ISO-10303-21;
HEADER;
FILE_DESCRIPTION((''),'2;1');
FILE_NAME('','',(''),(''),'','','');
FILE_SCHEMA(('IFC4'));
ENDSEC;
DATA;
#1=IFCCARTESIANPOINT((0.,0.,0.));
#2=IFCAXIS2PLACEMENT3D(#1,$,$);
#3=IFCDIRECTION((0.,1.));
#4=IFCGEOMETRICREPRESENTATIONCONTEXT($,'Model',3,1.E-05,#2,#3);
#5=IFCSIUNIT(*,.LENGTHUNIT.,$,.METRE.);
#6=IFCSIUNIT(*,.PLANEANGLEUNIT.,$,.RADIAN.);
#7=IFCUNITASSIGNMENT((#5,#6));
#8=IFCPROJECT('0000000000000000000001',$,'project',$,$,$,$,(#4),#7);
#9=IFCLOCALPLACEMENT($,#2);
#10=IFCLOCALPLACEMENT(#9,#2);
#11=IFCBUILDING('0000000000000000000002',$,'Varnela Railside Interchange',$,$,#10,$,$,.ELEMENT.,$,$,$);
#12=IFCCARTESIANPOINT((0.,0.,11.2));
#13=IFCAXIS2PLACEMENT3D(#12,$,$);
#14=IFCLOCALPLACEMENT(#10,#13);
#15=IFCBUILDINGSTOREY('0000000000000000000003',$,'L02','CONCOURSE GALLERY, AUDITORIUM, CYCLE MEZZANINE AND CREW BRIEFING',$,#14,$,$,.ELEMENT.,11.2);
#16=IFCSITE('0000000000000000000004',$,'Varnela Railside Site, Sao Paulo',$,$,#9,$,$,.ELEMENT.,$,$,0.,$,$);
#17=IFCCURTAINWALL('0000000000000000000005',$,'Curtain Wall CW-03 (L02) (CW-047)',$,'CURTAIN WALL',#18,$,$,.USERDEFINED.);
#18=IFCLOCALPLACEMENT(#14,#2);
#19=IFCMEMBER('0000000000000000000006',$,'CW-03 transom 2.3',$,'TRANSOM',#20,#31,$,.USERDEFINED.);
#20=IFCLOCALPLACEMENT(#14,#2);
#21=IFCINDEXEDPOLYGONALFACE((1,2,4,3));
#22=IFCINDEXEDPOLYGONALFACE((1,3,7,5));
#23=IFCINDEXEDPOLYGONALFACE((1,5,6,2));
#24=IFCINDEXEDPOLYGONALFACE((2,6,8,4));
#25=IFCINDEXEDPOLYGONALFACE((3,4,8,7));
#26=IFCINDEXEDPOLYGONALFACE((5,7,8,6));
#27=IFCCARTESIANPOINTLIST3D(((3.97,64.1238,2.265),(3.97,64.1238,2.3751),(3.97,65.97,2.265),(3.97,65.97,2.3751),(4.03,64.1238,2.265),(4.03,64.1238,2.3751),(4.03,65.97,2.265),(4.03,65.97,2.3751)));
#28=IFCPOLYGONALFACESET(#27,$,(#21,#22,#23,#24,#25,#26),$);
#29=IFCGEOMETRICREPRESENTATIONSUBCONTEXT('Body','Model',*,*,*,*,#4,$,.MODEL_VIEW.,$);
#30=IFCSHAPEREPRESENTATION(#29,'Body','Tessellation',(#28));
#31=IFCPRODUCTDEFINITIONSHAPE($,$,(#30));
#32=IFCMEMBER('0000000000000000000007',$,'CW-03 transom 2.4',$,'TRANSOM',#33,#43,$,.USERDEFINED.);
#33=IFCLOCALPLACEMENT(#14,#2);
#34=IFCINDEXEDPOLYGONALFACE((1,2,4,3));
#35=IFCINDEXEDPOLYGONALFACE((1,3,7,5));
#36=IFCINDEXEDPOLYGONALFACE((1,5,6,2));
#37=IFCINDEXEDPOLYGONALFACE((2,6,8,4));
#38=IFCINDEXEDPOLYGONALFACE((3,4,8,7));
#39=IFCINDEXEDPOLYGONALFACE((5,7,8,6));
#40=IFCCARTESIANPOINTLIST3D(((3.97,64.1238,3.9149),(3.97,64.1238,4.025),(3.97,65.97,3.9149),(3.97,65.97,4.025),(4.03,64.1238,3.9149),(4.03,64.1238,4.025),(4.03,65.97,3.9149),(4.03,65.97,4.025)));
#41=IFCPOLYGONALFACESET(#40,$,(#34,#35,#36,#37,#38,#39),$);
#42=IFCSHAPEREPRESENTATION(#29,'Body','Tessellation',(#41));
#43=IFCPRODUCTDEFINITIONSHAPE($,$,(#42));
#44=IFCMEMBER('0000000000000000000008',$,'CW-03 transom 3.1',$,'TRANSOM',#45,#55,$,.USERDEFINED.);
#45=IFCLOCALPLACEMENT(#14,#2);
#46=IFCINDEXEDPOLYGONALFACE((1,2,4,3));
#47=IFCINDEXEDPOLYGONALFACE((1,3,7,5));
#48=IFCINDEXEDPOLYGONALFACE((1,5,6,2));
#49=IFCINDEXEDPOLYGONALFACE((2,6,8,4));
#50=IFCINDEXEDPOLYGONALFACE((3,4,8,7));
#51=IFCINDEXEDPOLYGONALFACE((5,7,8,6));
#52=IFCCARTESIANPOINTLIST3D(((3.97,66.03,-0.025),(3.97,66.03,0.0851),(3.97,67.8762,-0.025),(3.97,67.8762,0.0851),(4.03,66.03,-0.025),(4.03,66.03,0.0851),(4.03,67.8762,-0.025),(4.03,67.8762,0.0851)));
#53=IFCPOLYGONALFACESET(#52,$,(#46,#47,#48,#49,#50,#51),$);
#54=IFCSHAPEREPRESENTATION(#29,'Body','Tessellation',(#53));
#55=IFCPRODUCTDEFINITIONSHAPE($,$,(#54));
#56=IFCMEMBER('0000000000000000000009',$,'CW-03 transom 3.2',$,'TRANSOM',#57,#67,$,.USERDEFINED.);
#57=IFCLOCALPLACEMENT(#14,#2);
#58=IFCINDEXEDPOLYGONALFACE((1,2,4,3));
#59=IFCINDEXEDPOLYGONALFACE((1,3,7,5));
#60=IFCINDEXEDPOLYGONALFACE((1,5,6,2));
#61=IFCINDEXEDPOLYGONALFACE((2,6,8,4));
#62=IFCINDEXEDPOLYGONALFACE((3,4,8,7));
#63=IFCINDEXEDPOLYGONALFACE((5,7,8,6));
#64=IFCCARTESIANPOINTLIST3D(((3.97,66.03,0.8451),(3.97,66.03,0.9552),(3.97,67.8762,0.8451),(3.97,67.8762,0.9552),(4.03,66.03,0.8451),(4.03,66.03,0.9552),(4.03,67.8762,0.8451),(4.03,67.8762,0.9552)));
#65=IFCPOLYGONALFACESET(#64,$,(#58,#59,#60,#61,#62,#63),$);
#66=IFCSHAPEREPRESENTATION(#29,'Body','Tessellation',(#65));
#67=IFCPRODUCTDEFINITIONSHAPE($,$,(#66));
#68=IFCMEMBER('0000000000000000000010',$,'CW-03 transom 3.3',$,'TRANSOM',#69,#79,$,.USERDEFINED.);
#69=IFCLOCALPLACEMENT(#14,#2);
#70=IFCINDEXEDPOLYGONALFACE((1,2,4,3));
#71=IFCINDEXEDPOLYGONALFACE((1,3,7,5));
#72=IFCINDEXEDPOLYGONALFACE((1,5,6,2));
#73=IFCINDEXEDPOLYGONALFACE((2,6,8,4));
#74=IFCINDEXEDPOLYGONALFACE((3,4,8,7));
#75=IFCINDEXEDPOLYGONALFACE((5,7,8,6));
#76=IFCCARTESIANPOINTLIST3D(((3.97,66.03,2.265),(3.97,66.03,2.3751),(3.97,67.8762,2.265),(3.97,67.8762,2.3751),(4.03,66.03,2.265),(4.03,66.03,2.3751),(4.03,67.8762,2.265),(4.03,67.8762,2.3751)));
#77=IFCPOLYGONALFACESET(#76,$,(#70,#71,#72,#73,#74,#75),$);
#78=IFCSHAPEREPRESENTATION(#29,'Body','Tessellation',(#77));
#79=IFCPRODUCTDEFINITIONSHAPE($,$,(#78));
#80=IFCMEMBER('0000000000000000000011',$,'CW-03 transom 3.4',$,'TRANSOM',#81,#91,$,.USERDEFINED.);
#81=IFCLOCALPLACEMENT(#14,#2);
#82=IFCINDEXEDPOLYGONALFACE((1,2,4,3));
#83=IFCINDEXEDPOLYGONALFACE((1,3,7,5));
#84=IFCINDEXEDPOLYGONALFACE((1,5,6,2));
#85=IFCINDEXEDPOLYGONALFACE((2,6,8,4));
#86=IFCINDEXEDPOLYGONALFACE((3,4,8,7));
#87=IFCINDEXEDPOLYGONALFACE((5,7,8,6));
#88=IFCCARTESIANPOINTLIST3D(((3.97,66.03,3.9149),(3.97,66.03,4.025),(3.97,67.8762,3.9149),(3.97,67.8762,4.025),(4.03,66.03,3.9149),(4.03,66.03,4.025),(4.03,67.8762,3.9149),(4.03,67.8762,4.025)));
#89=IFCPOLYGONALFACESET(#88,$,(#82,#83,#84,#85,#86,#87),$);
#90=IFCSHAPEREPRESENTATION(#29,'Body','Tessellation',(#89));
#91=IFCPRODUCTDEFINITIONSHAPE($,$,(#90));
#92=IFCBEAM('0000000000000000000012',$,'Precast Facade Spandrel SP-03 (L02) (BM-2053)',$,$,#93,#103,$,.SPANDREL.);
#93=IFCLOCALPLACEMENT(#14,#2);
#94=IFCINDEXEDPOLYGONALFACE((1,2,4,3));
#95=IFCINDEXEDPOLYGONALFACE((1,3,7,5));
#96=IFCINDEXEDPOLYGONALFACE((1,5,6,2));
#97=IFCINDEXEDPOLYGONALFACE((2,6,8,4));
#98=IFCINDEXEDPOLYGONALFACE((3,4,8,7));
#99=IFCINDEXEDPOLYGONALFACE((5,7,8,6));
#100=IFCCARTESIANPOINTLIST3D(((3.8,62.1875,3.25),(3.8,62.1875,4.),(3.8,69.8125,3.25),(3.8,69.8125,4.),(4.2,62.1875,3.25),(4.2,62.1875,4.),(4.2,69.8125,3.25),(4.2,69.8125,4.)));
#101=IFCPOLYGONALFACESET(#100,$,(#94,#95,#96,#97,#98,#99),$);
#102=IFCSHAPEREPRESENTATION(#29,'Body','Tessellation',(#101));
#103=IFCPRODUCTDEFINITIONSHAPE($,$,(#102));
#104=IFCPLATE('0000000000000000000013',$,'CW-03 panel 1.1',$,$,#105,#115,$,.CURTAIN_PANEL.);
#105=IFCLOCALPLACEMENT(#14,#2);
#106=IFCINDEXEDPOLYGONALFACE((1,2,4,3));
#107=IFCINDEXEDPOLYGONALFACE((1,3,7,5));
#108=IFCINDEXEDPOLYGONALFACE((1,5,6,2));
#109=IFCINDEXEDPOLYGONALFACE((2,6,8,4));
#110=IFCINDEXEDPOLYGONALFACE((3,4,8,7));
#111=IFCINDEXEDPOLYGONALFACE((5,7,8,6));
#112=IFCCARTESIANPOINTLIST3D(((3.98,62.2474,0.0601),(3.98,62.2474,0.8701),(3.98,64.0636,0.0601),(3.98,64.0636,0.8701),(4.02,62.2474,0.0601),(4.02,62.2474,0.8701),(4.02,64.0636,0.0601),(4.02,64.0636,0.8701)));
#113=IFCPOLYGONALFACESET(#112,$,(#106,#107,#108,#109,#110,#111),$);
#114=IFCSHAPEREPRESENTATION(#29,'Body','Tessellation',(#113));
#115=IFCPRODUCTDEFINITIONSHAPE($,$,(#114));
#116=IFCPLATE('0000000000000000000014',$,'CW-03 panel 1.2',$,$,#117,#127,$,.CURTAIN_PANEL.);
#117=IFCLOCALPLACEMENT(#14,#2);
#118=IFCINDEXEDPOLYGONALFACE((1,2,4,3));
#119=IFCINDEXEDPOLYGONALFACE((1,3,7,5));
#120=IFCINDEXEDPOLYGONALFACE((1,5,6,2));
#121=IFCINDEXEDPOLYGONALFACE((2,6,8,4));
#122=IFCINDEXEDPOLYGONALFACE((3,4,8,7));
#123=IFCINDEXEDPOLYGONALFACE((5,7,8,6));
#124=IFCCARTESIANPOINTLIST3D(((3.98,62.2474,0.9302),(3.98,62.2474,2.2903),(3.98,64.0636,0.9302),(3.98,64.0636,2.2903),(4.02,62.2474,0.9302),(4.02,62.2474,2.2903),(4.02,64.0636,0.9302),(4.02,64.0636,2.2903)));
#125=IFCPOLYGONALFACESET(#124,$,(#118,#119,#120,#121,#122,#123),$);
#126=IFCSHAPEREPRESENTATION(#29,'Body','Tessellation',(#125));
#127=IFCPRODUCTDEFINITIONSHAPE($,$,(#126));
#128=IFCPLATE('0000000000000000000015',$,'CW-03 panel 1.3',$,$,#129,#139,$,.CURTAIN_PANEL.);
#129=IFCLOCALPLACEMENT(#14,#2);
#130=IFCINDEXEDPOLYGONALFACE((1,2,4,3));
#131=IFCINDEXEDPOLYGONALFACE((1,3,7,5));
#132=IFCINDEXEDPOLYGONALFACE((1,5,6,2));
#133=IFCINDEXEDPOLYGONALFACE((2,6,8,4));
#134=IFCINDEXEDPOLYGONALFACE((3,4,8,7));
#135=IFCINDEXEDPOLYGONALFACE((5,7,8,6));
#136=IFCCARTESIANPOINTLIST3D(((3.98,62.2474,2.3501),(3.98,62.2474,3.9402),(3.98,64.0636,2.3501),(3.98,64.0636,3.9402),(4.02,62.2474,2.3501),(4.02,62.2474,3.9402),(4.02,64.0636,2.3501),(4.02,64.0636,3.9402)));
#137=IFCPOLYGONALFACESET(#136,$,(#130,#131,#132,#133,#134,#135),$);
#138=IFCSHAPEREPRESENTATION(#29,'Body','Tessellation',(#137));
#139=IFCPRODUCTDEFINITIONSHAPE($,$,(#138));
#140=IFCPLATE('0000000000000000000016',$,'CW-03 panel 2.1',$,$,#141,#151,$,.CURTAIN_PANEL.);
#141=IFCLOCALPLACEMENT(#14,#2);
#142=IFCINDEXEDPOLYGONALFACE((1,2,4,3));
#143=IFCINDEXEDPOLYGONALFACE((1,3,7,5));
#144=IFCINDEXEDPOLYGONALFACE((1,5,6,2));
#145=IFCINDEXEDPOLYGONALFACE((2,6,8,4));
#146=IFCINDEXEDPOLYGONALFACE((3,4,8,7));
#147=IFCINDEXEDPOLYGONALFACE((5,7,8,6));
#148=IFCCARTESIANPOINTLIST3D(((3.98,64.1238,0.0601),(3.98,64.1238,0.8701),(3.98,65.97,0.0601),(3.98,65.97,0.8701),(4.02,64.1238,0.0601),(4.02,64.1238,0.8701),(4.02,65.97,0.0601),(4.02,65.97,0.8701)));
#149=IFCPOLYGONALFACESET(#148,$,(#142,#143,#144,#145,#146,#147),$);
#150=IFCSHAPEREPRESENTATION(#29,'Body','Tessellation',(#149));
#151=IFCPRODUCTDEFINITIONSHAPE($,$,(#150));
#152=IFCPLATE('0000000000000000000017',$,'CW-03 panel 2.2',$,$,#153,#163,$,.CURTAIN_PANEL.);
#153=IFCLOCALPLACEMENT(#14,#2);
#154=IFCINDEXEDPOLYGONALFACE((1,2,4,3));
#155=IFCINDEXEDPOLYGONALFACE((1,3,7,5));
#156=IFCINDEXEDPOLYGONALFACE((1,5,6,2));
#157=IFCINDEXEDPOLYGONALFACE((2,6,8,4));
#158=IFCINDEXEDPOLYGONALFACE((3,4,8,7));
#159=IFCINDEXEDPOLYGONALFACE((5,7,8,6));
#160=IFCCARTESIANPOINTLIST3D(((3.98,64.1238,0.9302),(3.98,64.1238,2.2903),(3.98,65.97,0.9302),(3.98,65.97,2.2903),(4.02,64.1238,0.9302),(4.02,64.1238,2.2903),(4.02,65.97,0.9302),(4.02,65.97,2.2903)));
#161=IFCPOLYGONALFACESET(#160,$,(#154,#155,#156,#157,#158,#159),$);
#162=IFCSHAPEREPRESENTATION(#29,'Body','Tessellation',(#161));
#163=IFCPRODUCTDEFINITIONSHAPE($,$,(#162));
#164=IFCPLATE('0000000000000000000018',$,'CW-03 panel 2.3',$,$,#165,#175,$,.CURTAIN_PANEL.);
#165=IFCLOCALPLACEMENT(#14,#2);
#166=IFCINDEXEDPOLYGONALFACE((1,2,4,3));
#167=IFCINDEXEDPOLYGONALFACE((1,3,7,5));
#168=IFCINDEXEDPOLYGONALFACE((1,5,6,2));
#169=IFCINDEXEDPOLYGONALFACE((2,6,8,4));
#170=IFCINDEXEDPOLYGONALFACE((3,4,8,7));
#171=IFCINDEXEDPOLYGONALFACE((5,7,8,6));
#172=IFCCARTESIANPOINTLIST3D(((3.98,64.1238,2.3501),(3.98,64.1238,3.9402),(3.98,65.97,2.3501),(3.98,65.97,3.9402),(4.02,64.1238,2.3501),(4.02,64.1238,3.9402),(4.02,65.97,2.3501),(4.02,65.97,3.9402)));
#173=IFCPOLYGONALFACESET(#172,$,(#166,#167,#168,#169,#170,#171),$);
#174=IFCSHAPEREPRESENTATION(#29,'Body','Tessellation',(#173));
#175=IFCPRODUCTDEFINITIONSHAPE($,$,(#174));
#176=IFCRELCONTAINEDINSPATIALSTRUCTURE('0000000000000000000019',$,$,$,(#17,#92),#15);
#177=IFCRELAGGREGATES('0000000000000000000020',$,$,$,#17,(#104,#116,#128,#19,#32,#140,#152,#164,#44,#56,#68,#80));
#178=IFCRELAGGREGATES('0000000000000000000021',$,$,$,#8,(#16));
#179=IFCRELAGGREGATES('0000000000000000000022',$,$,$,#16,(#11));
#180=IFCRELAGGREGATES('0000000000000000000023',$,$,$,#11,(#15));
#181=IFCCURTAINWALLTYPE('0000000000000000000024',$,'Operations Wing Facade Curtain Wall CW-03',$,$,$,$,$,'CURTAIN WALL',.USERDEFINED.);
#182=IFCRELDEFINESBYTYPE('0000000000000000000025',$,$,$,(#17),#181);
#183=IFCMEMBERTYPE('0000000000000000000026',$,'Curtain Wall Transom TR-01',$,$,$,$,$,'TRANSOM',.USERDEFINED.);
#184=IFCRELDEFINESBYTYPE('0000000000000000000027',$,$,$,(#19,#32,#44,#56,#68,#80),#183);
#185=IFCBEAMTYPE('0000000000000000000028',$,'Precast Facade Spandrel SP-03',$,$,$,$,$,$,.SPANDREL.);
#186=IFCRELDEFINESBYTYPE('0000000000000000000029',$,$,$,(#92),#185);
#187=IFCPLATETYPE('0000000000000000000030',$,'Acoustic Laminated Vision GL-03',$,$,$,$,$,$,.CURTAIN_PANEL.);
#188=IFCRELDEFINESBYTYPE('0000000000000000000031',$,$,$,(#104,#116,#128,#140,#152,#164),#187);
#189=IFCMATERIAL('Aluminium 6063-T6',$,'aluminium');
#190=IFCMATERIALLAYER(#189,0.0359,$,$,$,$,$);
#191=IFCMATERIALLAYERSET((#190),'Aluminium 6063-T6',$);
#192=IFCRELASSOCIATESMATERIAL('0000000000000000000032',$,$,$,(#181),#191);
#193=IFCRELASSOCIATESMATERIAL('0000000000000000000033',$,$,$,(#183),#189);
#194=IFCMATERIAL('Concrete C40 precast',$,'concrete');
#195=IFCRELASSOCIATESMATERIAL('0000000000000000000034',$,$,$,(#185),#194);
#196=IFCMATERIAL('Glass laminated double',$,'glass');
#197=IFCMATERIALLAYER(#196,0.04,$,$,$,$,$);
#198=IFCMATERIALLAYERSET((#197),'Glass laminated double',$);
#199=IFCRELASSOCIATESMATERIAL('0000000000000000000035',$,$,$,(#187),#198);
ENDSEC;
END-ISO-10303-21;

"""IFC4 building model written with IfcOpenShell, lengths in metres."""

from ifc_helpers import new_model, si_unit, direction, frame, origin, origin_2d, place, context, subcontext, project, spatial, rectangle, extrude, material, layer, layer_set, material_profile, profile_set, type_object, element, aggregate, save


model = new_model("IFC4")

# Units and contexts
model_context = context("Model", 3, precision=1e-05, world=origin(), true_north=direction((0.0, 1.0)))
body_context = subcontext(model_context, "Body", "Model", "MODEL_VIEW")
ifc_project = project(units=[si_unit("LENGTHUNIT", "METRE"), si_unit("PLANEANGLEUNIT", "RADIAN")], contexts=[model_context])

# Site, building, storey
site_placement = place(None, origin())
site = spatial("IfcSite", under=ifc_project, at=site_placement, Name="Varnela Railside Site, Sao Paulo", CompositionType="ELEMENT", RefElevation=0.0)
building_placement = place(site_placement, origin())
building = spatial("IfcBuilding", under=site, at=building_placement, Name="Varnela Railside Interchange", CompositionType="ELEMENT")
storey_placement = place(building_placement, frame((0.0, 0.0, 11.2)))
storey = spatial("IfcBuildingStorey", under=building, at=storey_placement, Name="L02", Description="CONCOURSE GALLERY, AUDITORIUM, CYCLE MEZZANINE AND CREW BRIEFING", CompositionType="ELEMENT", Elevation=11.2)

# Curtain wall, members
ifc_material_1 = material(Name="Aluminium 6063-T6", Category="aluminium")
ifc_layer_1 = layer(ifc_material_1, 0.0359)
ifc_layer_set_1 = layer_set([ifc_layer_1], Name="Aluminium 6063-T6")
curtain_wall_type = type_object("IfcCurtainWallType", Name="Operations Wing Facade Curtain Wall CW-03", ElementType="CURTAIN WALL", PredefinedType="USERDEFINED", material=ifc_layer_set_1)
curtain_wall_placement = place(storey_placement, origin())
curtain_wall = element("IfcCurtainWall", 1, at=curtain_wall_placement, inside=storey, type_object=curtain_wall_type, Name="Curtain Wall CW-03 (L02) (CW-047)", ObjectType="CURTAIN WALL", PredefinedType="USERDEFINED")
ifc_material_profile_1 = material_profile(ifc_material_1, rectangle(XDim=0.0601, YDim=0.1101, at=origin_2d()), Name="ALU 60x110")
ifc_profile_set_1 = profile_set([ifc_material_profile_1], Name="Aluminium 6063-T6")
member_type_1 = type_object("IfcMemberType", Name="Curtain Wall Transom TR-01", ElementType="TRANSOM", PredefinedType="USERDEFINED", material=ifc_profile_set_1)
member_1_placement = place(storey_placement, frame((4.0, 64.1238, 2.3201), z_axis=(0.0, 1.0, 0.0), x_axis=(-1.0, 0.0, 0.0)))
member_1 = element("IfcMember", 2, at=member_1_placement, type_object=member_type_1, Name="CW-03 transom 2.3", ObjectType="TRANSOM", PredefinedType="USERDEFINED", context=body_context, shape_type="SweptSolid", body=[
    extrude(rectangle(XDim=0.0601, YDim=0.1101, at=origin_2d()), origin(), (0.0, 0.0, 1.0), 1.8462),
])
member_2_placement = place(storey_placement, frame((4.0, 64.1238, 3.97), z_axis=(0.0, 1.0, 0.0), x_axis=(-1.0, 0.0, 0.0)))
member_2 = element("IfcMember", 3, at=member_2_placement, type_object=member_type_1, Name="CW-03 transom 2.4", ObjectType="TRANSOM", PredefinedType="USERDEFINED", context=body_context, shape_type="SweptSolid", body=[
    extrude(rectangle(XDim=0.0601, YDim=0.1101, at=origin_2d()), origin(), (0.0, 0.0, 1.0), 1.8462),
])
member_3_placement = place(storey_placement, frame((4.0, 66.03, 0.03), z_axis=(0.0, 1.0, 0.0), x_axis=(-1.0, 0.0, 0.0)))
member_3 = element("IfcMember", 4, at=member_3_placement, type_object=member_type_1, Name="CW-03 transom 3.1", ObjectType="TRANSOM", PredefinedType="USERDEFINED", context=body_context, shape_type="SweptSolid", body=[
    extrude(rectangle(XDim=0.0601, YDim=0.1101, at=origin_2d()), origin(), (0.0, 0.0, 1.0), 1.8462),
])
member_4_placement = place(storey_placement, frame((4.0, 66.03, 0.9001), z_axis=(0.0, 1.0, 0.0), x_axis=(-1.0, 0.0, 0.0)))
member_4 = element("IfcMember", 5, at=member_4_placement, type_object=member_type_1, Name="CW-03 transom 3.2", ObjectType="TRANSOM", PredefinedType="USERDEFINED", context=body_context, shape_type="SweptSolid", body=[
    extrude(rectangle(XDim=0.0601, YDim=0.1101, at=origin_2d()), origin(), (0.0, 0.0, 1.0), 1.8462),
])
member_5_placement = place(storey_placement, frame((4.0, 66.03, 2.3201), z_axis=(0.0, 1.0, 0.0), x_axis=(-1.0, 0.0, 0.0)))
member_5 = element("IfcMember", 6, at=member_5_placement, type_object=member_type_1, Name="CW-03 transom 3.3", ObjectType="TRANSOM", PredefinedType="USERDEFINED", context=body_context, shape_type="SweptSolid", body=[
    extrude(rectangle(XDim=0.0601, YDim=0.1101, at=origin_2d()), origin(), (0.0, 0.0, 1.0), 1.8462),
])
member_6_placement = place(storey_placement, frame((4.0, 66.03, 3.97), z_axis=(0.0, 1.0, 0.0), x_axis=(-1.0, 0.0, 0.0)))
member_6 = element("IfcMember", 7, at=member_6_placement, type_object=member_type_1, Name="CW-03 transom 3.4", ObjectType="TRANSOM", PredefinedType="USERDEFINED", context=body_context, shape_type="SweptSolid", body=[
    extrude(rectangle(XDim=0.0601, YDim=0.1101, at=origin_2d()), origin(), (0.0, 0.0, 1.0), 1.8462),
])

# Beam
ifc_material_2 = material(Name="Concrete C40 precast", Category="concrete")
ifc_material_profile_2 = material_profile(ifc_material_2, rectangle(XDim=0.3999, YDim=0.75, at=origin_2d()), Name="PC 400x750")
ifc_profile_set_2 = profile_set([ifc_material_profile_2], Name="Concrete C40 precast")
beam_type_1 = type_object("IfcBeamType", Name="Precast Facade Spandrel SP-03", PredefinedType="SPANDREL", material=ifc_profile_set_2)
beam_placement = place(storey_placement, frame((4.0, 62.1875, 3.625), z_axis=(0.0, 1.0, 0.0), x_axis=(-1.0, 0.0, 0.0)))
element("IfcBeam", 8, at=beam_placement, inside=storey, type_object=beam_type_1, Name="Precast Facade Spandrel SP-03 (L02) (BM-2053)", PredefinedType="SPANDREL", context=body_context, shape_type="SweptSolid", body=[
    extrude(rectangle(XDim=0.3999, YDim=0.75, at=origin_2d()), origin(), (0.0, 0.0, 1.0), 7.625),
])

# Plates
ifc_material_3 = material(Name="Glass laminated double", Category="glass")
ifc_layer_2 = layer(ifc_material_3, 0.04)
ifc_layer_set_2 = layer_set([ifc_layer_2], Name="Glass laminated double")
plate_type = type_object("IfcPlateType", Name="Acoustic Laminated Vision GL-03", PredefinedType="CURTAIN_PANEL", material=ifc_layer_set_2)
plate_1_placement = place(storey_placement, frame((4.0, 63.1555, 0.0601), z_axis=(0.0, 0.0, 1.0), x_axis=(0.0, 1.0, 0.0)))
plate_1 = element("IfcPlate", 9, at=plate_1_placement, type_object=plate_type, Name="CW-03 panel 1.1", PredefinedType="CURTAIN_PANEL", context=body_context, shape_type="SweptSolid", body=[
    extrude(rectangle(XDim=1.8162, YDim=0.04, at=origin_2d()), origin(), (0.0, 0.0, 1.0), 0.8101),
])
plate_2_placement = place(storey_placement, frame((4.0, 63.1555, 0.9302), z_axis=(0.0, 0.0, 1.0), x_axis=(0.0, 1.0, 0.0)))
plate_2 = element("IfcPlate", 10, at=plate_2_placement, type_object=plate_type, Name="CW-03 panel 1.2", PredefinedType="CURTAIN_PANEL", context=body_context, shape_type="SweptSolid", body=[
    extrude(rectangle(XDim=1.8162, YDim=0.04, at=origin_2d()), origin(), (0.0, 0.0, 1.0), 1.3601),
])
plate_3_placement = place(storey_placement, frame((4.0, 63.1555, 2.3501), z_axis=(0.0, 0.0, 1.0), x_axis=(0.0, 1.0, 0.0)))
plate_3 = element("IfcPlate", 11, at=plate_3_placement, type_object=plate_type, Name="CW-03 panel 1.3", PredefinedType="CURTAIN_PANEL", context=body_context, shape_type="SweptSolid", body=[
    extrude(rectangle(XDim=1.8162, YDim=0.04, at=origin_2d()), origin(), (0.0, 0.0, 1.0), 1.5901),
])
plate_4_placement = place(storey_placement, frame((4.0, 65.0469, 0.0601), z_axis=(0.0, 0.0, 1.0), x_axis=(0.0, 1.0, 0.0)))
plate_4 = element("IfcPlate", 12, at=plate_4_placement, type_object=plate_type, Name="CW-03 panel 2.1", PredefinedType="CURTAIN_PANEL", context=body_context, shape_type="SweptSolid", body=[
    extrude(rectangle(XDim=1.8462, YDim=0.04, at=origin_2d()), origin(), (0.0, 0.0, 1.0), 0.8101),
])
plate_5_placement = place(storey_placement, frame((4.0, 65.0469, 0.9302), z_axis=(0.0, 0.0, 1.0), x_axis=(0.0, 1.0, 0.0)))
plate_5 = element("IfcPlate", 13, at=plate_5_placement, type_object=plate_type, Name="CW-03 panel 2.2", PredefinedType="CURTAIN_PANEL", context=body_context, shape_type="SweptSolid", body=[
    extrude(rectangle(XDim=1.8462, YDim=0.04, at=origin_2d()), origin(), (0.0, 0.0, 1.0), 1.3601),
])
plate_6_placement = place(storey_placement, frame((4.0, 65.0469, 2.3501), z_axis=(0.0, 0.0, 1.0), x_axis=(0.0, 1.0, 0.0)))
plate_6 = element("IfcPlate", 14, at=plate_6_placement, type_object=plate_type, Name="CW-03 panel 2.3", PredefinedType="CURTAIN_PANEL", context=body_context, shape_type="SweptSolid", body=[
    extrude(rectangle(XDim=1.8462, YDim=0.04, at=origin_2d()), origin(), (0.0, 0.0, 1.0), 1.5901),
])
aggregate(curtain_wall, [plate_1, plate_2, plate_3, member_1, member_2, plate_4, plate_5, plate_6, member_3, member_4, member_5, member_6])

save(model, "model.ifc")
